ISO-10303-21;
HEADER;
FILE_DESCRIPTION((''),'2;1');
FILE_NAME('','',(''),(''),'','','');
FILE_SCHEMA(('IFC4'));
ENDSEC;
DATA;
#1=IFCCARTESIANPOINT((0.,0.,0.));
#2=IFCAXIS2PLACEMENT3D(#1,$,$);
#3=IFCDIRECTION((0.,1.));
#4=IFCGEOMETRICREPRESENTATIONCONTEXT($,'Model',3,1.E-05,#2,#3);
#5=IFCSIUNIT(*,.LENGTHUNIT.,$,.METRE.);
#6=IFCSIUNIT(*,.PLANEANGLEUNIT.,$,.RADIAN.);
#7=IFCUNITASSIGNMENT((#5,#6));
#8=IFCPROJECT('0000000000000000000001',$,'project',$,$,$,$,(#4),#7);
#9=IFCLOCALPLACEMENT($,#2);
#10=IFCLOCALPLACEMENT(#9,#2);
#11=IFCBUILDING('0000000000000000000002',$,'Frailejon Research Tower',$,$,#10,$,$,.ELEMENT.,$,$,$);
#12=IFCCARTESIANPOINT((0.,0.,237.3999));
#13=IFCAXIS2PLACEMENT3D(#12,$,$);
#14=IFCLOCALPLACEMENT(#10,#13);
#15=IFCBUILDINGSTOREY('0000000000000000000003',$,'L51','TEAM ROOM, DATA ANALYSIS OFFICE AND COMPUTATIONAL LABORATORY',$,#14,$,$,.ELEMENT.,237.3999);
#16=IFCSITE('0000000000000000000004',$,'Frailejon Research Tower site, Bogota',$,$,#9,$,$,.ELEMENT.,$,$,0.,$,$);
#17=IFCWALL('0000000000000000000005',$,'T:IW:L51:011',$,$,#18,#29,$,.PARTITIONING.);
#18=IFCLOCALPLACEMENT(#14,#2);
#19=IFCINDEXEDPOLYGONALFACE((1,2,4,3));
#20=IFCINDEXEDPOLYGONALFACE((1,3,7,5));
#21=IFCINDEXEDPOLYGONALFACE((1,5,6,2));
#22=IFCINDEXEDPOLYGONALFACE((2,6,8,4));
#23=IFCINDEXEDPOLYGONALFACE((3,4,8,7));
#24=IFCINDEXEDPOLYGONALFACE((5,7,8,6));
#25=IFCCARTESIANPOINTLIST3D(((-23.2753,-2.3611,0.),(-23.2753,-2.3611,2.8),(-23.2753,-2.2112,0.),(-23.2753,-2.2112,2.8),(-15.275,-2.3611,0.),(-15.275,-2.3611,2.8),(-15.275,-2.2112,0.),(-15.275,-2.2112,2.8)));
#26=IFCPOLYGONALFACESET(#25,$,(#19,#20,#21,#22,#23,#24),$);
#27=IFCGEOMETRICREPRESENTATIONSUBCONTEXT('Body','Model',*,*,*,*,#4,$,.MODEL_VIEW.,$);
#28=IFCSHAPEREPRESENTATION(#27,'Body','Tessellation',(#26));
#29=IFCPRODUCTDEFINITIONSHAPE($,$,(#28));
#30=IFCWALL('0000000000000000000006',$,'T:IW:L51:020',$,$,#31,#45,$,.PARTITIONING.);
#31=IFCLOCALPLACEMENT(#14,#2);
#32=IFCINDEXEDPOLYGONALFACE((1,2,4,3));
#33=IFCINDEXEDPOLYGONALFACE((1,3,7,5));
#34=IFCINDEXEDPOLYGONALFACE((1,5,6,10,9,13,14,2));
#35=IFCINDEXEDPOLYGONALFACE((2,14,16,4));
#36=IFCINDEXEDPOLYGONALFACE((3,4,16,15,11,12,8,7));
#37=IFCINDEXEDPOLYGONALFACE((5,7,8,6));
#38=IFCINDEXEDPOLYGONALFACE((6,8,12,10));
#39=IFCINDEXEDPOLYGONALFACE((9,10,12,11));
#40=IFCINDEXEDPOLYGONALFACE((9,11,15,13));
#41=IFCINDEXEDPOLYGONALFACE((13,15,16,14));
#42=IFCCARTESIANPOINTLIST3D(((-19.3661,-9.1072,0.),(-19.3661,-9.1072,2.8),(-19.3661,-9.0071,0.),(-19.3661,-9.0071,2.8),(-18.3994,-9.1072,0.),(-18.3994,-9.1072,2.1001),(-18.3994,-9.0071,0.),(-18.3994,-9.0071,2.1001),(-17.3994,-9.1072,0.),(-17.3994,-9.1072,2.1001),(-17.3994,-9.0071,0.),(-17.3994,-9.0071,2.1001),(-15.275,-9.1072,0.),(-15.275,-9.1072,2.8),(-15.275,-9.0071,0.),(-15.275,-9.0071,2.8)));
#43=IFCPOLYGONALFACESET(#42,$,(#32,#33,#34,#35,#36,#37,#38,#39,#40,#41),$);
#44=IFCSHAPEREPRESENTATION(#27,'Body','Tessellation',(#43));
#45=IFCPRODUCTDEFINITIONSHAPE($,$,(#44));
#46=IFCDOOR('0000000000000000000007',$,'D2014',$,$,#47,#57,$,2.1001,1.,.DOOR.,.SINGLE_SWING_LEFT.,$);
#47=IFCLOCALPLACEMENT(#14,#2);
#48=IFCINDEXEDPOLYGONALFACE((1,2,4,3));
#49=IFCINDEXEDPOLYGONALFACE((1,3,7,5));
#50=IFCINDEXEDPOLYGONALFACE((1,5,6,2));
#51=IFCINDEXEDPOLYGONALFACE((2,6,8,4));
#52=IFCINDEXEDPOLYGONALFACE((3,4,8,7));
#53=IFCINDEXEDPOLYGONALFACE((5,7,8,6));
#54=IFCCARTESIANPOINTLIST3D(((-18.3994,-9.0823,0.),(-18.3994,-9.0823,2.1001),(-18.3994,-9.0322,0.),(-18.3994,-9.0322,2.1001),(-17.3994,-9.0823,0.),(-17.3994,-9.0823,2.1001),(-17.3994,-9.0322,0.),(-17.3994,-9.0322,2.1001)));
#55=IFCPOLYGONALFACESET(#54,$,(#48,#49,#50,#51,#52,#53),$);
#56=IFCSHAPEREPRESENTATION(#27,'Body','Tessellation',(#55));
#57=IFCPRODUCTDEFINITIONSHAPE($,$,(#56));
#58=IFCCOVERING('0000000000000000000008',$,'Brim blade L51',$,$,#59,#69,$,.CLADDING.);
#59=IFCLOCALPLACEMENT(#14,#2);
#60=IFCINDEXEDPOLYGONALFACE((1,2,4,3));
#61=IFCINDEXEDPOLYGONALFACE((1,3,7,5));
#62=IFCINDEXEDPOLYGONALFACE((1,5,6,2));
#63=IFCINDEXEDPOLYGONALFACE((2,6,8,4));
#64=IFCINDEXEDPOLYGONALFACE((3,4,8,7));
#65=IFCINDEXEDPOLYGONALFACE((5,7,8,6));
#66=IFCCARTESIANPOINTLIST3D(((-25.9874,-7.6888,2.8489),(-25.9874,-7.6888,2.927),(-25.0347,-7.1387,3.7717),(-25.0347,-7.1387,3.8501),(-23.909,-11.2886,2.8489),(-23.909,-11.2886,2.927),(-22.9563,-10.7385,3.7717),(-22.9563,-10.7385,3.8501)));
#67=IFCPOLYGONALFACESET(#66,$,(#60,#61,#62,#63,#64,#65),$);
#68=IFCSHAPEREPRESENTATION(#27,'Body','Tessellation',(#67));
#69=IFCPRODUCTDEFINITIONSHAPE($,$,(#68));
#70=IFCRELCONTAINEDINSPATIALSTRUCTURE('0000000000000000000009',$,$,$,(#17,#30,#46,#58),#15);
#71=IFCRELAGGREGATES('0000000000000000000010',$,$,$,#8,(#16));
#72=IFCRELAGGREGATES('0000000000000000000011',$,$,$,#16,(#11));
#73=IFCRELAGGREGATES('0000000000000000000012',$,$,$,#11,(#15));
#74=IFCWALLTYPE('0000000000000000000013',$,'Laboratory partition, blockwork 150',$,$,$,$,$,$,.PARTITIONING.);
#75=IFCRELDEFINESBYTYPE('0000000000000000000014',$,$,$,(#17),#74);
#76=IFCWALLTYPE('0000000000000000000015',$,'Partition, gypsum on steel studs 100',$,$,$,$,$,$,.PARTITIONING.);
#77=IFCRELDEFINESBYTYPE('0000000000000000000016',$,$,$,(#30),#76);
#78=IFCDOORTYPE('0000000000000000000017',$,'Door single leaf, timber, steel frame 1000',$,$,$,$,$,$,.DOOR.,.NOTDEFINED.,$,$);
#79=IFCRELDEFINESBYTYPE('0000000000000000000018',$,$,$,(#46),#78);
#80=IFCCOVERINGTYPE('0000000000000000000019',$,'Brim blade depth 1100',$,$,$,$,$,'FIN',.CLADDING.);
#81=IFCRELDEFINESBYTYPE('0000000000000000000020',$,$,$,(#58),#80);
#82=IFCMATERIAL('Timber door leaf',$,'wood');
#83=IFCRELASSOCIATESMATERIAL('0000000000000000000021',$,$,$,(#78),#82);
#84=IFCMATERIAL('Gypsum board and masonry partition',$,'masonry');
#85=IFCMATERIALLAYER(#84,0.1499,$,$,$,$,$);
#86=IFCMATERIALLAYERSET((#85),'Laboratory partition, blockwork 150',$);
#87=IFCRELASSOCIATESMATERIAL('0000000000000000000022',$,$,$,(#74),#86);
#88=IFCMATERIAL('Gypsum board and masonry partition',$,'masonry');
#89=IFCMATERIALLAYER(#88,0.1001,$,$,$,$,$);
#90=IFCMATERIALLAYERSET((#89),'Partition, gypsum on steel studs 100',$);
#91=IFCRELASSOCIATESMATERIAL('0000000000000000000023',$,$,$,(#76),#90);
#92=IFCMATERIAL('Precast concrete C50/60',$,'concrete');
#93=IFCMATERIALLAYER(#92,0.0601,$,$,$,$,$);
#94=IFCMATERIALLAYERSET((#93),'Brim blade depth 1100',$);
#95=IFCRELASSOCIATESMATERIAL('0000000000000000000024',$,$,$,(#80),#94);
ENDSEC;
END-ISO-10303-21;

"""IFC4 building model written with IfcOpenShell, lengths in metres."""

from ifc_helpers import new_model, si_unit, direction, frame, frame_2d, origin, place, context, subcontext, project, spatial, polyline, rectangle, outline, extrude, material, layer, layer_set, type_object, element, fill, save


model = new_model("IFC4")

# Units and contexts
model_context = context("Model", 3, precision=1e-05, world=origin(), true_north=direction((0.0, 1.0)))
body_context = subcontext(model_context, "Body", "Model", "MODEL_VIEW")
ifc_project = project(units=[si_unit("LENGTHUNIT", "METRE"), si_unit("PLANEANGLEUNIT", "RADIAN")], contexts=[model_context])

# Site, building, storey
site_placement = place(None, origin())
site = spatial("IfcSite", under=ifc_project, at=site_placement, Name="Frailejon Research Tower site, Bogota", CompositionType="ELEMENT", RefElevation=0.0)
building_placement = place(site_placement, origin())
building = spatial("IfcBuilding", under=site, at=building_placement, Name="Frailejon Research Tower", CompositionType="ELEMENT")
storey_placement = place(building_placement, frame((0.0, 0.0, 237.3999)))
storey = spatial("IfcBuildingStorey", under=building, at=storey_placement, Name="L51", Description="TEAM ROOM, DATA ANALYSIS OFFICE AND COMPUTATIONAL LABORATORY", CompositionType="ELEMENT", Elevation=237.3999)

# Shared definitions
ifc_material_1 = material(Name="Timber door leaf", Category="wood")
door_type_1 = type_object("IfcDoorType", Name="Door single leaf, timber, steel frame 1000", OperationType="NOTDEFINED", PredefinedType="DOOR", material=ifc_material_1)

# Wall
ifc_material_2 = material(Name="Gypsum board and masonry partition", Category="masonry")
ifc_layer_1 = layer(ifc_material_2, 0.1499)
ifc_layer_set_1 = layer_set([ifc_layer_1], Name="Laboratory partition, blockwork 150")
wall_type_1 = type_object("IfcWallType", Name="Laboratory partition, blockwork 150", PredefinedType="PARTITIONING", material=ifc_layer_set_1)
wall_1_placement = place(storey_placement, frame((-23.2751, -2.2861, 0.0), z_axis=(0.0, 0.0, 1.0), x_axis=(1.0, 0.0, 0.0)))
element("IfcWall", 1, at=wall_1_placement, inside=storey, type_object=wall_type_1, Name="T:IW:L51:011", PredefinedType="PARTITIONING", context=body_context, shape_type="SweptSolid", body=[
    extrude(rectangle(XDim=8.0002, YDim=0.1499, at=frame_2d((4.0, 0.0))), origin(), (0.0, 0.0, 1.0), 2.8),
])

# Wall, opening, door
ifc_material_3 = material(Name="Gypsum board and masonry partition", Category="masonry")
ifc_layer_2 = layer(ifc_material_3, 0.1001)
ifc_layer_set_2 = layer_set([ifc_layer_2], Name="Partition, gypsum on steel studs 100")
wall_type_2 = type_object("IfcWallType", Name="Partition, gypsum on steel studs 100", PredefinedType="PARTITIONING", material=ifc_layer_set_2)
wall_2_placement = place(storey_placement, frame((-19.366, -9.0571, 0.0), z_axis=(0.0, 0.0, 1.0), x_axis=(1.0, 0.0, 0.0)))
wall_2 = element("IfcWall", 2, at=wall_2_placement, inside=storey, type_object=wall_type_2, Name="T:IW:L51:020", PredefinedType="PARTITIONING", context=body_context, shape_type="SweptSolid", body=[
    extrude(rectangle(XDim=4.0911, YDim=0.1001, at=frame_2d((2.0454, 0.0))), origin(), (0.0, 0.0, 1.0), 2.8),
])
opening_1_placement = place(wall_2_placement, frame((0.9666, 0.0, 0.0)))
opening_1 = element("IfcOpeningElement", 3, at=opening_1_placement, cuts=wall_2, PredefinedType="OPENING", context=body_context, shape_type="SweptSolid", body=[
    extrude(rectangle(XDim=1.0, YDim=2.1001, at=frame_2d((0.5, 1.05))), frame((0.0, 0.0601, 0.0), z_axis=(0.0, -1.0, 0.0), x_axis=(1.0, 0.0, 0.0)), (0.0, 0.0, 1.0), 0.1201),
])
door_1_placement = place(opening_1_placement, origin())
door_1 = element("IfcDoor", 4, at=door_1_placement, inside=storey, type_object=door_type_1, Name="D2014", OperationType="SINGLE_SWING_LEFT", OverallHeight=2.1001, OverallWidth=1.0, PredefinedType="DOOR", context=body_context, shape_type="SweptSolid", body=[
    extrude(rectangle(XDim=1.0, YDim=2.1001, at=frame_2d((0.5, 1.05))), frame((0.0, 0.0249, 0.0), z_axis=(0.0, -1.0, 0.0), x_axis=(1.0, 0.0, 0.0)), (0.0, 0.0, 1.0), 0.05),
])
fill(opening_1, door_1)

# Covering
ifc_material_4 = material(Name="Precast concrete C50/60", Category="concrete")
ifc_layer_3 = layer(ifc_material_4, 0.0601)
ifc_layer_set_3 = layer_set([ifc_layer_3], Name="Brim blade depth 1100")
covering_type = type_object("IfcCoveringType", Name="Brim blade depth 1100", ElementType="FIN", PredefinedType="CLADDING", material=ifc_layer_set_3)
covering_placement = place(storey_placement, frame((-22.9563, -10.7385, 3.8501), z_axis=(-0.50001, 0.86602, 0.0), x_axis=(-0.86602, -0.50001, 0.0)))
element("IfcCovering", 5, at=covering_placement, inside=storey, type_object=covering_type, Name="Brim blade L51", PredefinedType="CLADDING", context=body_context, shape_type="SweptSolid", body=[
    extrude(outline(polyline([(0.0, -0.0784), (1.1001, -1.0012), (1.1001, -0.9231), (0.0, 0.0), (0.0, -0.0784)])), origin(), (0.0, 0.0, 1.0), 4.1567),
])

save(model, "model.ifc")
